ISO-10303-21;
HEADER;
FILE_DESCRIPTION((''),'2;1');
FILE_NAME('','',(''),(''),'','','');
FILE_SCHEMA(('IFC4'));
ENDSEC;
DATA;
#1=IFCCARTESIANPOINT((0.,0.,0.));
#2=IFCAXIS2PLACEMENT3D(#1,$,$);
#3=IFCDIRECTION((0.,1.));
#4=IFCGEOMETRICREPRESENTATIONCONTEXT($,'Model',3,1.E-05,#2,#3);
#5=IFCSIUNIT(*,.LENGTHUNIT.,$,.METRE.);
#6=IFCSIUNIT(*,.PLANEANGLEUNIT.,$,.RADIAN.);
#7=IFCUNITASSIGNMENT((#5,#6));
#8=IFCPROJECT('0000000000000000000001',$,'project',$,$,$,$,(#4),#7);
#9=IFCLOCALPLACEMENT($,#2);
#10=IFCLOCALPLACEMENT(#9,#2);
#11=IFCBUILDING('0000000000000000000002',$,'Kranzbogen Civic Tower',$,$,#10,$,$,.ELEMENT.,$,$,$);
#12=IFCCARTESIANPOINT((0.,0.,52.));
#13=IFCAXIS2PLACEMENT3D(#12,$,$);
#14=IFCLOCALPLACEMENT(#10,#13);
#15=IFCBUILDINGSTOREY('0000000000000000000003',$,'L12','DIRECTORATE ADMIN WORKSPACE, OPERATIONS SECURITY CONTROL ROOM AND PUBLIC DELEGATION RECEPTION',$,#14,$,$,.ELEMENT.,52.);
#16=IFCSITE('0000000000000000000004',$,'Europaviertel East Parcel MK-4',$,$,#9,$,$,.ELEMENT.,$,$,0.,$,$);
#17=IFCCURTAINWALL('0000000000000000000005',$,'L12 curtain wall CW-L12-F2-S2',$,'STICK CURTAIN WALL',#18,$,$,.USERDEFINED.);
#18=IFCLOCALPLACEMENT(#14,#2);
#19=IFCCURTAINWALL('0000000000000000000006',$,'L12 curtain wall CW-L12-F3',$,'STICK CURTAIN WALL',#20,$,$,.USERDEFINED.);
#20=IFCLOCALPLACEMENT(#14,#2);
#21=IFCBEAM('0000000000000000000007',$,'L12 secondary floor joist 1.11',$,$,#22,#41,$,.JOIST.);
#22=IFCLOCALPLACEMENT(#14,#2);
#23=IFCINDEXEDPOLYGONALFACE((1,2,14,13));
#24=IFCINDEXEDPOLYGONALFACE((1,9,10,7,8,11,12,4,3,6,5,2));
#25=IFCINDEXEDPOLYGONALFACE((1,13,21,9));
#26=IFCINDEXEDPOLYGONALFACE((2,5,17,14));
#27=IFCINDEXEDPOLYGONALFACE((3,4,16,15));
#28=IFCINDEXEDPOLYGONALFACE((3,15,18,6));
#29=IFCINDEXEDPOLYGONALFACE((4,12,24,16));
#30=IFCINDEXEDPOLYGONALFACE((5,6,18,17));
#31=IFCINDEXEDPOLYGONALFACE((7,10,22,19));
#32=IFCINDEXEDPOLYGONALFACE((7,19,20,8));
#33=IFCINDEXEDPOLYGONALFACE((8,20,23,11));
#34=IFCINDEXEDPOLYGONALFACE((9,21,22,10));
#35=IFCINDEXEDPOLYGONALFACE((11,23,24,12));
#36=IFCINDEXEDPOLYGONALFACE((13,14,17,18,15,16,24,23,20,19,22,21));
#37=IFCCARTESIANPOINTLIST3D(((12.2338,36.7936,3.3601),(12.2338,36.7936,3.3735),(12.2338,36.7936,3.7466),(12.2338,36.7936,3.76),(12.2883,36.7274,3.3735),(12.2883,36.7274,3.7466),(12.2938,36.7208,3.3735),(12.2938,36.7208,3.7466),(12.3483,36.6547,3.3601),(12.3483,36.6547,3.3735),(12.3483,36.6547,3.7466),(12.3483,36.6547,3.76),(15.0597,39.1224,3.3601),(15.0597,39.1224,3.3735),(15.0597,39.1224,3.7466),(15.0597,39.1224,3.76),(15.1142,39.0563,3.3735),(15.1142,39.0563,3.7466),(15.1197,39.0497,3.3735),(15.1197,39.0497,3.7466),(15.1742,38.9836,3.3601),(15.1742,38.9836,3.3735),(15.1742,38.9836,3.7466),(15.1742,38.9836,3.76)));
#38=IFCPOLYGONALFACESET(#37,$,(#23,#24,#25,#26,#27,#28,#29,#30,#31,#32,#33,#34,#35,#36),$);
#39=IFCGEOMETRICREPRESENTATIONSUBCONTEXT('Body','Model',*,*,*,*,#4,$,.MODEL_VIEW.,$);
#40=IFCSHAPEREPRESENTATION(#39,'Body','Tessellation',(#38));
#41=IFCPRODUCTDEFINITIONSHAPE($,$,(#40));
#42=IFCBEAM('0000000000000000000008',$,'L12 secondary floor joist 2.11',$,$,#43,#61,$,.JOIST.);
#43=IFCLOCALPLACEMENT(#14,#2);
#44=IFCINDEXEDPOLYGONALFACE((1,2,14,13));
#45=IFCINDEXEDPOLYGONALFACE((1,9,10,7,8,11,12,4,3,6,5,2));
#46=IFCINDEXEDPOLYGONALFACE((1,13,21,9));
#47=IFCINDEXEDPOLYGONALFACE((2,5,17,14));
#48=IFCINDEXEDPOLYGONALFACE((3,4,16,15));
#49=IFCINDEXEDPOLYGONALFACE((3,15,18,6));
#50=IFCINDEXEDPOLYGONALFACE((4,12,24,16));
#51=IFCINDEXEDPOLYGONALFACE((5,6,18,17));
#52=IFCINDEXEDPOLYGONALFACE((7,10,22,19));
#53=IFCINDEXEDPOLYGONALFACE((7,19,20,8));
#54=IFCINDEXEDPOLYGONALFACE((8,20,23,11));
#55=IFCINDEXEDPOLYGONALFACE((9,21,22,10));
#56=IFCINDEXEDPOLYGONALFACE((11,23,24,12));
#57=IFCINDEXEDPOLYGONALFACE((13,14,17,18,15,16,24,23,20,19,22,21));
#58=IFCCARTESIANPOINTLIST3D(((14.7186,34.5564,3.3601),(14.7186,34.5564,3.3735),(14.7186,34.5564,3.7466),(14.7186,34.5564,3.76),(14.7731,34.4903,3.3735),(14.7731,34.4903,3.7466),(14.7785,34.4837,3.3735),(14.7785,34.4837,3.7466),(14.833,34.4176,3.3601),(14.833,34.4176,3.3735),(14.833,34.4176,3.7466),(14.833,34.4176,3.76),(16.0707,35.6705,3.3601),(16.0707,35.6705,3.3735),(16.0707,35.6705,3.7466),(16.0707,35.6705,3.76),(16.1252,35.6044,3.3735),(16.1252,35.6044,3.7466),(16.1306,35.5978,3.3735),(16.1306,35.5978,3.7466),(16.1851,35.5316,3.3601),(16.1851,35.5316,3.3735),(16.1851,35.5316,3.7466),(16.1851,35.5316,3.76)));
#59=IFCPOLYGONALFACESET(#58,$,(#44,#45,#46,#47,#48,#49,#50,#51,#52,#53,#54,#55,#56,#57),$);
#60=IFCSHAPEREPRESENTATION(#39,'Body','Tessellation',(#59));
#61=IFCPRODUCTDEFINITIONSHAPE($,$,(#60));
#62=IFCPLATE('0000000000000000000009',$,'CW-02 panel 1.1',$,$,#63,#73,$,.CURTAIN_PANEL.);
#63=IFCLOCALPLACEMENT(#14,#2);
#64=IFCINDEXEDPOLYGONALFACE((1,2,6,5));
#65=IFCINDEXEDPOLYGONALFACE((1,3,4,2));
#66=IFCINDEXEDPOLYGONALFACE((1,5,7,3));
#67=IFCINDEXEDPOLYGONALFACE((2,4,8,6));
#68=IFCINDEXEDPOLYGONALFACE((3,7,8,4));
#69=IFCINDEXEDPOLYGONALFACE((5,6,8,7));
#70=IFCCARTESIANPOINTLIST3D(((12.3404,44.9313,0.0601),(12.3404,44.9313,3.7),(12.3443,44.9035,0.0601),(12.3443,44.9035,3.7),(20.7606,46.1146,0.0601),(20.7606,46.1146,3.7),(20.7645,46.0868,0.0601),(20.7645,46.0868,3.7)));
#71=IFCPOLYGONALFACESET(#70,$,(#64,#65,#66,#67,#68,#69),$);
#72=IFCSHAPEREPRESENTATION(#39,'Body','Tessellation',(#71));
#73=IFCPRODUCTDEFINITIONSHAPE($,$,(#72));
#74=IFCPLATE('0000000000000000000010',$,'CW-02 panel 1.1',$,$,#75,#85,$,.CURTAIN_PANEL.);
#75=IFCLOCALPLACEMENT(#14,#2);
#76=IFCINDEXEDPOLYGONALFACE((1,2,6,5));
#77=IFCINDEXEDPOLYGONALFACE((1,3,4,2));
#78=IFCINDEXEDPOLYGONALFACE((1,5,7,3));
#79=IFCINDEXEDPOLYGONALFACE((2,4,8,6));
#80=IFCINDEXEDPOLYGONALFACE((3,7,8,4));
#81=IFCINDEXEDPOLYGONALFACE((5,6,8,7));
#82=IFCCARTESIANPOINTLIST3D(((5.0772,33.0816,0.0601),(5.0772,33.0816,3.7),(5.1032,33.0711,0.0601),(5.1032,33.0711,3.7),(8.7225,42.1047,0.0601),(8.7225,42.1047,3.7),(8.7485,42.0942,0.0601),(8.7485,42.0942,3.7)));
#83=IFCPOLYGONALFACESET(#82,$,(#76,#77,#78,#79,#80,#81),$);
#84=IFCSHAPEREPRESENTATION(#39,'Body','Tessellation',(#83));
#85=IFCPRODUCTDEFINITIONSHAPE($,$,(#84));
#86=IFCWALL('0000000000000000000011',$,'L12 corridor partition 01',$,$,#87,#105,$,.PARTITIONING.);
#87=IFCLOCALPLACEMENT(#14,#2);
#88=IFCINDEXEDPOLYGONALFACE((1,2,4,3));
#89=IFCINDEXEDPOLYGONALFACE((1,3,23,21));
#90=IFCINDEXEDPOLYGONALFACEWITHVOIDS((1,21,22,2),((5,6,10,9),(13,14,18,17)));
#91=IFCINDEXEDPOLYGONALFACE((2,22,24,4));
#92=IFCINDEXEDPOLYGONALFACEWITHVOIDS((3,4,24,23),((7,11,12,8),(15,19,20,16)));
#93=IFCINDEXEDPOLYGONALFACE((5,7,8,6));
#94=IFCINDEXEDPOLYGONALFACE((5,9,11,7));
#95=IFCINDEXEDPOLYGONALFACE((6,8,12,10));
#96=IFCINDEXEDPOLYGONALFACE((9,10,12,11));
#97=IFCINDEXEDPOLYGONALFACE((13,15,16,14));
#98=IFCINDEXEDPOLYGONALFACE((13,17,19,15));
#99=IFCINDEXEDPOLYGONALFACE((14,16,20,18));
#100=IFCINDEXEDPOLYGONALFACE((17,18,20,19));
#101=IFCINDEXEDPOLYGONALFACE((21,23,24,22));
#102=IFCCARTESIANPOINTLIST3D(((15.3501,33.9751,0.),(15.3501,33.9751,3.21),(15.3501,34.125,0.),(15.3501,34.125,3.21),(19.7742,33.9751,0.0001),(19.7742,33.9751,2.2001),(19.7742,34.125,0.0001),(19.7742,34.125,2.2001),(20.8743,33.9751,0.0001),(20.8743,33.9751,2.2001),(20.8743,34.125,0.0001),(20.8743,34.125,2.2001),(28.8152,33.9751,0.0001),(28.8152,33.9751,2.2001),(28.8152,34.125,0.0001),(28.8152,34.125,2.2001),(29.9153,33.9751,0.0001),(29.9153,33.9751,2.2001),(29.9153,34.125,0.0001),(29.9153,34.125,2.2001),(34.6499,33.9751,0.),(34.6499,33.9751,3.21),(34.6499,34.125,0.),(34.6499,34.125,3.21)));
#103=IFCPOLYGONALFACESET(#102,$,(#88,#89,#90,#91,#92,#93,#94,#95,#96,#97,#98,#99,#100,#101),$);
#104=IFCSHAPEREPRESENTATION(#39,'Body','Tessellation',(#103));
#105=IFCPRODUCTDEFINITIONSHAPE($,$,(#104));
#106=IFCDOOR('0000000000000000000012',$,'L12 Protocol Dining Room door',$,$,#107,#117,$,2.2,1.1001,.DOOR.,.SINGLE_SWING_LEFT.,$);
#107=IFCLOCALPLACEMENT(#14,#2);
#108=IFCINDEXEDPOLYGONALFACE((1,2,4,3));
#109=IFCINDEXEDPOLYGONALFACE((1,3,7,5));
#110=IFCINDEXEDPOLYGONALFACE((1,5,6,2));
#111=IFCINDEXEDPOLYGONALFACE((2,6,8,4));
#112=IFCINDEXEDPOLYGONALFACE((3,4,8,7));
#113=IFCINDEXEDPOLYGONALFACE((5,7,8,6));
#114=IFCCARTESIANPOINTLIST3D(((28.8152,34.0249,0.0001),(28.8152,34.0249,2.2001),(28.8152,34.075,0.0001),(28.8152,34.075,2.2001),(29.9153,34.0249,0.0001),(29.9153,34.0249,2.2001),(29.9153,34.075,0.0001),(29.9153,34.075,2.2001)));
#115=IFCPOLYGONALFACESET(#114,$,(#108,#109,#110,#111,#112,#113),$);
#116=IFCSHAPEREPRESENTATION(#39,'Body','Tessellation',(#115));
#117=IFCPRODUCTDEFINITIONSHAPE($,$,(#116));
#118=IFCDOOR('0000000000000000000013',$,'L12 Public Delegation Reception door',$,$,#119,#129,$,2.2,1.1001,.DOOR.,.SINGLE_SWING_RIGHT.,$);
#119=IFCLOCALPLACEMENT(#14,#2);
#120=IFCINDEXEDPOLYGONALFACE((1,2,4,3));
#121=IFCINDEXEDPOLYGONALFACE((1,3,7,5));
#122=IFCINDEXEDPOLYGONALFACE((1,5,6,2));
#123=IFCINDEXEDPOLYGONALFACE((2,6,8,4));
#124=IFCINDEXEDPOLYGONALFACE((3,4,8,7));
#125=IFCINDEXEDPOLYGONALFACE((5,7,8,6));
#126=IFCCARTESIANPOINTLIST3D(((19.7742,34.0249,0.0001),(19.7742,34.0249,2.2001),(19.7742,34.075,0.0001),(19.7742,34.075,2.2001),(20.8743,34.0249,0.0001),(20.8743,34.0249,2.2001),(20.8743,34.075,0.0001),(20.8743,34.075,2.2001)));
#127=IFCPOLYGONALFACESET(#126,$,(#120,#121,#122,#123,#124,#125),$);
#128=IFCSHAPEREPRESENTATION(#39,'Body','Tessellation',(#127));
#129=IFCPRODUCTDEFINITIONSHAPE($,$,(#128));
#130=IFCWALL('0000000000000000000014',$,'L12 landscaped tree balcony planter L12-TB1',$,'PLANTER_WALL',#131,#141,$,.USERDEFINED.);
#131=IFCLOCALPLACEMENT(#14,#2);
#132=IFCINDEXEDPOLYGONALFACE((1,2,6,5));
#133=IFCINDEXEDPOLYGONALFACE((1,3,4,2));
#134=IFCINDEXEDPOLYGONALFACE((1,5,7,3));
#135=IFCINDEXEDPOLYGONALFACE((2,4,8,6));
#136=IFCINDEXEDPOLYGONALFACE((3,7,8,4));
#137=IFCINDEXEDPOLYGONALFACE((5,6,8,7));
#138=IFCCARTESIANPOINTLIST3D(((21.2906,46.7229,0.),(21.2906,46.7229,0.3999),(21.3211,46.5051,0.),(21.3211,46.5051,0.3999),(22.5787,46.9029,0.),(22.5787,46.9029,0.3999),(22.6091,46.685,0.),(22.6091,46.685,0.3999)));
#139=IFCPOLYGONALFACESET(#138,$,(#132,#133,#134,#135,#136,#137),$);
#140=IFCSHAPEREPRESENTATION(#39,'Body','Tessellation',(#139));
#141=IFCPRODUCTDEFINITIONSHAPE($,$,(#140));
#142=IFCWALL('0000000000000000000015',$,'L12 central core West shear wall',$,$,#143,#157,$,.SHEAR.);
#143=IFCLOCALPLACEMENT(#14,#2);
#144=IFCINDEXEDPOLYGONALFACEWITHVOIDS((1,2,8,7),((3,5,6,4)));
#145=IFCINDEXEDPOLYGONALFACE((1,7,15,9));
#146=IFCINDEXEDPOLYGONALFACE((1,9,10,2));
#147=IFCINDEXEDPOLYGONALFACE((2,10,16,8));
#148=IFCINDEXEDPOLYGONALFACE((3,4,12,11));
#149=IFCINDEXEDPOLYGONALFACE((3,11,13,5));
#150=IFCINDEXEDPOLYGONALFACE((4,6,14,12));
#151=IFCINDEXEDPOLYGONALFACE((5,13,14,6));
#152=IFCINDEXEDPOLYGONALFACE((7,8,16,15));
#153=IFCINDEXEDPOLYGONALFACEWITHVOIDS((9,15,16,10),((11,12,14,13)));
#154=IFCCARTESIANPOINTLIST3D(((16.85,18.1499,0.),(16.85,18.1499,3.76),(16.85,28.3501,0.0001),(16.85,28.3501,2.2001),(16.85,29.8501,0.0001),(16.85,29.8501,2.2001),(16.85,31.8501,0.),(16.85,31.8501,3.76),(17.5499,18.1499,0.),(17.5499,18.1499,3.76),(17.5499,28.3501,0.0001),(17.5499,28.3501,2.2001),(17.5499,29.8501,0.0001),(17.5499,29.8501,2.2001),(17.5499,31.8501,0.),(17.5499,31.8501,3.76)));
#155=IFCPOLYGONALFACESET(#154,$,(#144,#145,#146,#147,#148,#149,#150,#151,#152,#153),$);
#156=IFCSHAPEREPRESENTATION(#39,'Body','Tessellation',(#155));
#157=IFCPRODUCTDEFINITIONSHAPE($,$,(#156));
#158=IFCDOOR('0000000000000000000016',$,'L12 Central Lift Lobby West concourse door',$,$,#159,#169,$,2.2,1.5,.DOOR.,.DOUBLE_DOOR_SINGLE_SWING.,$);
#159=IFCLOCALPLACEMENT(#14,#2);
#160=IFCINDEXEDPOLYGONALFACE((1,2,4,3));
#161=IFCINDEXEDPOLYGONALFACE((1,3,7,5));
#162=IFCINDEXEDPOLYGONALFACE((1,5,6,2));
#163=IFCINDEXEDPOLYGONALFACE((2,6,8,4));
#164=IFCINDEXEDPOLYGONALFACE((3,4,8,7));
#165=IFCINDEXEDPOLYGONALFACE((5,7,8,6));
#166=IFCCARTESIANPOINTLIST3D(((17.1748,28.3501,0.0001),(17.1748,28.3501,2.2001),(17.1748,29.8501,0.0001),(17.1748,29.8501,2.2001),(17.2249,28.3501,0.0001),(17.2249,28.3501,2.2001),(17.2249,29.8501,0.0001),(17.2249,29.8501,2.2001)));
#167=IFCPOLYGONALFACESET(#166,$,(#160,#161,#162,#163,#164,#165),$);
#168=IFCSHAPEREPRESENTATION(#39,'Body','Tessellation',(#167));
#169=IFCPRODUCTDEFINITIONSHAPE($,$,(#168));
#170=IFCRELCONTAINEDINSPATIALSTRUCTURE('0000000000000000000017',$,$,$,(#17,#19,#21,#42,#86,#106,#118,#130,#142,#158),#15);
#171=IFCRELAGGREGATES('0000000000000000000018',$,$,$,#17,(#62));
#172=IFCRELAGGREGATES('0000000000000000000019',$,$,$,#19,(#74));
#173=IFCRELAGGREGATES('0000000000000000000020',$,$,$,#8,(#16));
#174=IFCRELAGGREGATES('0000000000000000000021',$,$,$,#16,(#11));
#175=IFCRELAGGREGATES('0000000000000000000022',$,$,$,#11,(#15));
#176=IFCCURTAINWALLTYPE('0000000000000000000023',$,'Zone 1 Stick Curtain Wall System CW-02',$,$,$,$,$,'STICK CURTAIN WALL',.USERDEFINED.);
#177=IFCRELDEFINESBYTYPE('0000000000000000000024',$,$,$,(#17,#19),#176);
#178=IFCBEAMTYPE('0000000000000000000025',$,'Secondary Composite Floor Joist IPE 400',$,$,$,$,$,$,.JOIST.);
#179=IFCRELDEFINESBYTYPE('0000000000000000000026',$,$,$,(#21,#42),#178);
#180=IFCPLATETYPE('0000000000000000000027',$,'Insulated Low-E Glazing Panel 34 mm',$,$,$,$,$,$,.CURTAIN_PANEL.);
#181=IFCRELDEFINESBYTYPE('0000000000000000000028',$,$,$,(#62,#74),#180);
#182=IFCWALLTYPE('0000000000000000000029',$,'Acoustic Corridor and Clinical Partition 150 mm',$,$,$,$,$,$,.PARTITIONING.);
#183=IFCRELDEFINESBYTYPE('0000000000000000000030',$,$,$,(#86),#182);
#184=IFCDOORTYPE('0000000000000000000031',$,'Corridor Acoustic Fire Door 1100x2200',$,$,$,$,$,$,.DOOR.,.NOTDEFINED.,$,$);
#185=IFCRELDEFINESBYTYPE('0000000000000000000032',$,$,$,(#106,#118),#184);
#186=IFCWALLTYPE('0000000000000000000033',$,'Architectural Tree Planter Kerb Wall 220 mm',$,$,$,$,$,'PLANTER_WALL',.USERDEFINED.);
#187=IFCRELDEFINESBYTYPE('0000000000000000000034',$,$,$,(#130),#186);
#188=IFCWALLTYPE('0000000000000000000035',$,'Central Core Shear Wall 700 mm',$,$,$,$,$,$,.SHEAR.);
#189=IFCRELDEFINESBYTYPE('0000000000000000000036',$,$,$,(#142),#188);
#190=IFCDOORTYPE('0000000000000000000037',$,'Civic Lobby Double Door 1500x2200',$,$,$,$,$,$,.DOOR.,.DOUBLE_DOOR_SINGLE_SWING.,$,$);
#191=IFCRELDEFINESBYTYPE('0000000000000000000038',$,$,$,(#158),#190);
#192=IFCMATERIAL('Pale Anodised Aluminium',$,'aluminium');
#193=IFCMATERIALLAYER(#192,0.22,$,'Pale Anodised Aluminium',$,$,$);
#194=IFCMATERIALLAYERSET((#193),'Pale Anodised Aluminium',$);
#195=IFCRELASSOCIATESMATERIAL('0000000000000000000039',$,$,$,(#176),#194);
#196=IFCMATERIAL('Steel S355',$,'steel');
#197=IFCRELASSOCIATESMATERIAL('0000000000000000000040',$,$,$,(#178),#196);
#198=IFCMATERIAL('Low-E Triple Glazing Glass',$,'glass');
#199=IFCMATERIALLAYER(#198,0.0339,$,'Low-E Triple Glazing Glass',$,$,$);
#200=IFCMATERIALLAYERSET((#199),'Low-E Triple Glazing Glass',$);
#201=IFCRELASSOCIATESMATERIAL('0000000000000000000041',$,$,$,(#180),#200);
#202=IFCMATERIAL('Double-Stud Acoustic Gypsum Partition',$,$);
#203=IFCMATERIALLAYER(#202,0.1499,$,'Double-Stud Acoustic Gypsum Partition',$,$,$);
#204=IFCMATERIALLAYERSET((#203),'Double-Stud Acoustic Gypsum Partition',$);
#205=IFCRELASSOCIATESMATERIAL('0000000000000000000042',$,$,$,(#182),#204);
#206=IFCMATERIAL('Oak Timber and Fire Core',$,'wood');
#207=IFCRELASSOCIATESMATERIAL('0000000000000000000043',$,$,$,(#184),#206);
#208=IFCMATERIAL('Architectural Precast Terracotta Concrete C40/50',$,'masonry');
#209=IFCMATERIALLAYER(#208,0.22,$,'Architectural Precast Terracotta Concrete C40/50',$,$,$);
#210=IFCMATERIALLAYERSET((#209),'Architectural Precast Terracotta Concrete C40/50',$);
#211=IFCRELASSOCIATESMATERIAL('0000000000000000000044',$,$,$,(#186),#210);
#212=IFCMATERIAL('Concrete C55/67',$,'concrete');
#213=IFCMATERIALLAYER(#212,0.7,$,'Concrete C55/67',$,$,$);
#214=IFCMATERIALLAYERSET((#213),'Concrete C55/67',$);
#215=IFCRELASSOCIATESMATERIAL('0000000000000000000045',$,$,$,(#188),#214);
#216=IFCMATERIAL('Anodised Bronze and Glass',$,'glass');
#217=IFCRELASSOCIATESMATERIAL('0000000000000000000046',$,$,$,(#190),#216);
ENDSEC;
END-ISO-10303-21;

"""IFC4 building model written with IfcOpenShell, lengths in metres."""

from ifc_helpers import new_model, si_unit, direction, frame, frame_2d, origin, origin_2d, place, context, subcontext, project, spatial, rectangle, i_section, extrude, material, layer, layer_set, material_profile, profile_set, type_object, element, fill, aggregate, save


model = new_model("IFC4")

# Units and contexts
model_context = context("Model", 3, precision=1e-05, world=origin(), true_north=direction((0.0, 1.0)))
body_context = subcontext(model_context, "Body", "Model", "MODEL_VIEW")
ifc_project = project(units=[si_unit("LENGTHUNIT", "METRE"), si_unit("PLANEANGLEUNIT", "RADIAN")], contexts=[model_context])

# Site, building, storey
site_placement = place(None, origin())
site = spatial("IfcSite", under=ifc_project, at=site_placement, Name="Europaviertel East Parcel MK-4", CompositionType="ELEMENT", RefElevation=0.0)
building_placement = place(site_placement, origin())
building = spatial("IfcBuilding", under=site, at=building_placement, Name="Kranzbogen Civic Tower", CompositionType="ELEMENT")
storey_placement = place(building_placement, frame((0.0, 0.0, 52.0)))
storey = spatial("IfcBuildingStorey", under=building, at=storey_placement, Name="L12", Description="DIRECTORATE ADMIN WORKSPACE, OPERATIONS SECURITY CONTROL ROOM AND PUBLIC DELEGATION RECEPTION", CompositionType="ELEMENT", Elevation=52.0)

# Shared definitions
ifc_material_1 = material(Name="Pale Anodised Aluminium", Category="aluminium")
ifc_layer_1 = layer(ifc_material_1, 0.22, Name="Pale Anodised Aluminium")
ifc_layer_set_1 = layer_set([ifc_layer_1], Name="Pale Anodised Aluminium")
curtain_wall_type = type_object("IfcCurtainWallType", Name="Zone 1 Stick Curtain Wall System CW-02", ElementType="STICK CURTAIN WALL", PredefinedType="USERDEFINED", material=ifc_layer_set_1)

# Curtain walls
curtain_wall_1_placement = place(storey_placement, origin())
curtain_wall_1 = element("IfcCurtainWall", 1, at=curtain_wall_1_placement, inside=storey, type_object=curtain_wall_type, Name="L12 curtain wall CW-L12-F2-S2", ObjectType="STICK CURTAIN WALL", PredefinedType="USERDEFINED")
curtain_wall_2_placement = place(storey_placement, origin())
curtain_wall_2 = element("IfcCurtainWall", 2, at=curtain_wall_2_placement, inside=storey, type_object=curtain_wall_type, Name="L12 curtain wall CW-L12-F3", ObjectType="STICK CURTAIN WALL", PredefinedType="USERDEFINED")

# Beams
ifc_material_2 = material(Name="Steel S355", Category="steel")
ifc_material_profile_1 = material_profile(ifc_material_2, i_section(OverallWidth=0.1799, OverallDepth=0.3999, WebThickness=0.0085, FlangeThickness=0.0134, at=origin_2d()), Name="IPE 400")
ifc_profile_set_1 = profile_set([ifc_material_profile_1], Name="Steel S355")
beam_type_1 = type_object("IfcBeamType", Name="Secondary Composite Floor Joist IPE 400", PredefinedType="JOIST", material=ifc_profile_set_1)
beam_1_placement = place(storey_placement, frame((15.1169, 39.053, 3.5601), z_axis=(-0.771713, -0.635971, 0.0), x_axis=(0.635971, -0.771713, 0.0)))
element("IfcBeam", 3, at=beam_1_placement, inside=storey, type_object=beam_type_1, Name="L12 secondary floor joist 1.11", PredefinedType="JOIST", context=body_context, shape_type="SweptSolid", body=[
    extrude(i_section(OverallWidth=0.1799, OverallDepth=0.3999, WebThickness=0.0085, FlangeThickness=0.0134, at=origin_2d()), origin(), (0.0, 0.0, 1.0), 3.6619),
])
beam_2_placement = place(storey_placement, frame((16.1279, 35.6011, 3.5601), z_axis=(-0.771773, -0.635898, 0.0), x_axis=(0.635898, -0.771773, 0.0)))
element("IfcBeam", 4, at=beam_2_placement, inside=storey, type_object=beam_type_1, Name="L12 secondary floor joist 2.11", PredefinedType="JOIST", context=body_context, shape_type="SweptSolid", body=[
    extrude(i_section(OverallWidth=0.1799, OverallDepth=0.3999, WebThickness=0.0085, FlangeThickness=0.0134, at=origin_2d()), origin(), (0.0, 0.0, 1.0), 1.752),
])

# Plates
ifc_material_3 = material(Name="Low-E Triple Glazing Glass", Category="glass")
ifc_layer_2 = layer(ifc_material_3, 0.0339, Name="Low-E Triple Glazing Glass")
ifc_layer_set_2 = layer_set([ifc_layer_2], Name="Low-E Triple Glazing Glass")
plate_type = type_object("IfcPlateType", Name="Insulated Low-E Glazing Panel 34 mm", PredefinedType="CURTAIN_PANEL", material=ifc_layer_set_2)
plate_1_placement = place(storey_placement, frame((16.5525, 45.509, 0.0601), z_axis=(0.0, 0.0, 1.0), x_axis=(-0.990269, -0.139164, 0.0)))
plate_1 = element("IfcPlate", 5, at=plate_1_placement, type_object=plate_type, Name="CW-02 panel 1.1", PredefinedType="CURTAIN_PANEL", context=body_context, shape_type="SweptSolid", body=[
    extrude(rectangle(XDim=8.5029, YDim=0.0281, at=origin_2d()), origin(), (0.0, 0.0, 1.0), 3.6399),
])
aggregate(curtain_wall_1, [plate_1])
plate_2_placement = place(storey_placement, frame((6.9128, 37.5879, 0.0601), z_axis=(0.0, 0.0, 1.0), x_axis=(-0.374583, -0.927193, 0.0)))
plate_2 = element("IfcPlate", 6, at=plate_2_placement, type_object=plate_type, Name="CW-02 panel 1.1", PredefinedType="CURTAIN_PANEL", context=body_context, shape_type="SweptSolid", body=[
    extrude(rectangle(XDim=9.7317, YDim=0.0281, at=origin_2d()), origin(), (0.0, 0.0, 1.0), 3.6399),
])
aggregate(curtain_wall_2, [plate_2])

# Wall, openings, doors
ifc_material_4 = material(Name="Double-Stud Acoustic Gypsum Partition")
ifc_layer_3 = layer(ifc_material_4, 0.1499, Name="Double-Stud Acoustic Gypsum Partition")
ifc_layer_set_3 = layer_set([ifc_layer_3], Name="Double-Stud Acoustic Gypsum Partition")
wall_type_1 = type_object("IfcWallType", Name="Acoustic Corridor and Clinical Partition 150 mm", PredefinedType="PARTITIONING", material=ifc_layer_set_3)
wall_1_placement = place(storey_placement, frame((15.3501, 34.05, 0.0), z_axis=(0.0, 0.0, 1.0), x_axis=(1.0, 0.0, 0.0)))
wall_1 = element("IfcWall", 7, at=wall_1_placement, inside=storey, type_object=wall_type_1, Name="L12 corridor partition 01", PredefinedType="PARTITIONING", context=body_context, shape_type="SweptSolid", body=[
    extrude(rectangle(XDim=19.2998, YDim=0.1499, at=frame_2d((9.6499, 0.0))), origin(), (0.0, 0.0, 1.0), 3.21),
])
opening_1_placement = place(wall_1_placement, frame((13.4651, 0.0, 0.0)))
opening_1 = element("IfcOpeningElement", 8, at=opening_1_placement, cuts=wall_1, PredefinedType="OPENING", context=body_context, shape_type="SweptSolid", body=[
    extrude(rectangle(XDim=1.1001, YDim=2.2, at=frame_2d((0.55, 1.1001))), frame((0.0, 0.085, 0.0), z_axis=(0.0, -1.0, 0.0), x_axis=(1.0, 0.0, 0.0)), (0.0, 0.0, 1.0), 0.1699),
])
opening_2_placement = place(wall_1_placement, frame((4.4241, 0.0, 0.0)))
opening_2 = element("IfcOpeningElement", 9, at=opening_2_placement, cuts=wall_1, PredefinedType="OPENING", context=body_context, shape_type="SweptSolid", body=[
    extrude(rectangle(XDim=1.1001, YDim=2.2, at=frame_2d((0.55, 1.1001))), frame((0.0, 0.085, 0.0), z_axis=(0.0, -1.0, 0.0), x_axis=(1.0, 0.0, 0.0)), (0.0, 0.0, 1.0), 0.1699),
])
ifc_material_5 = material(Name="Oak Timber and Fire Core", Category="wood")
door_type_1 = type_object("IfcDoorType", Name="Corridor Acoustic Fire Door 1100x2200", OperationType="NOTDEFINED", PredefinedType="DOOR", material=ifc_material_5)
door_1_placement = place(opening_1_placement, origin())
door_1 = element("IfcDoor", 10, at=door_1_placement, inside=storey, type_object=door_type_1, Name="L12 Protocol Dining Room door", OperationType="SINGLE_SWING_LEFT", OverallHeight=2.2, OverallWidth=1.1001, PredefinedType="DOOR", context=body_context, shape_type="SweptSolid", body=[
    extrude(rectangle(XDim=1.1001, YDim=2.2, at=frame_2d((0.55, 1.1001))), frame((0.0, 0.0249, 0.0), z_axis=(0.0, -1.0, 0.0), x_axis=(1.0, 0.0, 0.0)), (0.0, 0.0, 1.0), 0.05),
])
fill(opening_1, door_1)
door_2_placement = place(opening_2_placement, origin())
door_2 = element("IfcDoor", 11, at=door_2_placement, inside=storey, type_object=door_type_1, Name="L12 Public Delegation Reception door", OperationType="SINGLE_SWING_RIGHT", OverallHeight=2.2, OverallWidth=1.1001, PredefinedType="DOOR", context=body_context, shape_type="SweptSolid", body=[
    extrude(rectangle(XDim=1.1001, YDim=2.2, at=frame_2d((0.55, 1.1001))), frame((0.0, 0.0249, 0.0), z_axis=(0.0, -1.0, 0.0), x_axis=(1.0, 0.0, 0.0)), (0.0, 0.0, 1.0), 0.05),
])
fill(opening_2, door_2)

# Wall
ifc_material_6 = material(Name="Architectural Precast Terracotta Concrete C40/50", Category="masonry")
ifc_layer_4 = layer(ifc_material_6, 0.22, Name="Architectural Precast Terracotta Concrete C40/50")
ifc_layer_set_4 = layer_set([ifc_layer_4], Name="Architectural Precast Terracotta Concrete C40/50")
wall_type_2 = type_object("IfcWallType", Name="Architectural Tree Planter Kerb Wall 220 mm", ElementType="PLANTER_WALL", PredefinedType="USERDEFINED", material=ifc_layer_set_4)
wall_2_placement = place(storey_placement, frame((22.594, 46.7939, 0.0), z_axis=(0.0, 0.0, 1.0), x_axis=(-0.990384, -0.138346, 0.0)))
element("IfcWall", 12, at=wall_2_placement, inside=storey, type_object=wall_type_2, Name="L12 landscaped tree balcony planter L12-TB1", ObjectType="PLANTER_WALL", PredefinedType="USERDEFINED", context=body_context, shape_type="SweptSolid", body=[
    extrude(rectangle(XDim=1.3005, YDim=0.22, at=frame_2d((0.6504, 0.0))), origin(), (0.0, 0.0, 1.0), 0.3999),
])

# Wall, opening, door
ifc_material_7 = material(Name="Concrete C55/67", Category="concrete")
ifc_layer_5 = layer(ifc_material_7, 0.7, Name="Concrete C55/67")
ifc_layer_set_5 = layer_set([ifc_layer_5], Name="Concrete C55/67")
wall_type_3 = type_object("IfcWallType", Name="Central Core Shear Wall 700 mm", PredefinedType="SHEAR", material=ifc_layer_set_5)
wall_3_placement = place(storey_placement, frame((17.2, 31.8501, 0.0), z_axis=(0.0, 0.0, 1.0), x_axis=(0.0, -1.0, 0.0)))
wall_3 = element("IfcWall", 13, at=wall_3_placement, inside=storey, type_object=wall_type_3, Name="L12 central core West shear wall", PredefinedType="SHEAR", context=body_context, shape_type="SweptSolid", body=[
    extrude(rectangle(XDim=13.7002, YDim=0.7, at=frame_2d((6.8501, 0.0))), origin(), (0.0, 0.0, 1.0), 3.76),
])
opening_3_placement = place(wall_3_placement, frame((2.0, 0.0, 0.0)))
opening_3 = element("IfcOpeningElement", 14, at=opening_3_placement, cuts=wall_3, PredefinedType="OPENING", context=body_context, shape_type="SweptSolid", body=[
    extrude(rectangle(XDim=1.5, YDim=2.2, at=frame_2d((0.75, 1.1001))), frame((0.0, 0.3599, 0.0), z_axis=(0.0, -1.0, 0.0), x_axis=(1.0, 0.0, 0.0)), (0.0, 0.0, 1.0), 0.72),
])
ifc_material_8 = material(Name="Anodised Bronze and Glass", Category="glass")
door_type_2 = type_object("IfcDoorType", Name="Civic Lobby Double Door 1500x2200", OperationType="DOUBLE_DOOR_SINGLE_SWING", PredefinedType="DOOR", material=ifc_material_8)
door_3_placement = place(opening_3_placement, origin())
door_3 = element("IfcDoor", 15, at=door_3_placement, inside=storey, type_object=door_type_2, Name="L12 Central Lift Lobby West concourse door", OperationType="DOUBLE_DOOR_SINGLE_SWING", OverallHeight=2.2, OverallWidth=1.5, PredefinedType="DOOR", context=body_context, shape_type="SweptSolid", body=[
    extrude(rectangle(XDim=1.5, YDim=2.2, at=frame_2d((0.75, 1.1001))), frame((0.0, 0.0249, 0.0), z_axis=(0.0, -1.0, 0.0), x_axis=(1.0, 0.0, 0.0)), (0.0, 0.0, 1.0), 0.05),
])
fill(opening_3, door_3)

save(model, "model.ifc")
